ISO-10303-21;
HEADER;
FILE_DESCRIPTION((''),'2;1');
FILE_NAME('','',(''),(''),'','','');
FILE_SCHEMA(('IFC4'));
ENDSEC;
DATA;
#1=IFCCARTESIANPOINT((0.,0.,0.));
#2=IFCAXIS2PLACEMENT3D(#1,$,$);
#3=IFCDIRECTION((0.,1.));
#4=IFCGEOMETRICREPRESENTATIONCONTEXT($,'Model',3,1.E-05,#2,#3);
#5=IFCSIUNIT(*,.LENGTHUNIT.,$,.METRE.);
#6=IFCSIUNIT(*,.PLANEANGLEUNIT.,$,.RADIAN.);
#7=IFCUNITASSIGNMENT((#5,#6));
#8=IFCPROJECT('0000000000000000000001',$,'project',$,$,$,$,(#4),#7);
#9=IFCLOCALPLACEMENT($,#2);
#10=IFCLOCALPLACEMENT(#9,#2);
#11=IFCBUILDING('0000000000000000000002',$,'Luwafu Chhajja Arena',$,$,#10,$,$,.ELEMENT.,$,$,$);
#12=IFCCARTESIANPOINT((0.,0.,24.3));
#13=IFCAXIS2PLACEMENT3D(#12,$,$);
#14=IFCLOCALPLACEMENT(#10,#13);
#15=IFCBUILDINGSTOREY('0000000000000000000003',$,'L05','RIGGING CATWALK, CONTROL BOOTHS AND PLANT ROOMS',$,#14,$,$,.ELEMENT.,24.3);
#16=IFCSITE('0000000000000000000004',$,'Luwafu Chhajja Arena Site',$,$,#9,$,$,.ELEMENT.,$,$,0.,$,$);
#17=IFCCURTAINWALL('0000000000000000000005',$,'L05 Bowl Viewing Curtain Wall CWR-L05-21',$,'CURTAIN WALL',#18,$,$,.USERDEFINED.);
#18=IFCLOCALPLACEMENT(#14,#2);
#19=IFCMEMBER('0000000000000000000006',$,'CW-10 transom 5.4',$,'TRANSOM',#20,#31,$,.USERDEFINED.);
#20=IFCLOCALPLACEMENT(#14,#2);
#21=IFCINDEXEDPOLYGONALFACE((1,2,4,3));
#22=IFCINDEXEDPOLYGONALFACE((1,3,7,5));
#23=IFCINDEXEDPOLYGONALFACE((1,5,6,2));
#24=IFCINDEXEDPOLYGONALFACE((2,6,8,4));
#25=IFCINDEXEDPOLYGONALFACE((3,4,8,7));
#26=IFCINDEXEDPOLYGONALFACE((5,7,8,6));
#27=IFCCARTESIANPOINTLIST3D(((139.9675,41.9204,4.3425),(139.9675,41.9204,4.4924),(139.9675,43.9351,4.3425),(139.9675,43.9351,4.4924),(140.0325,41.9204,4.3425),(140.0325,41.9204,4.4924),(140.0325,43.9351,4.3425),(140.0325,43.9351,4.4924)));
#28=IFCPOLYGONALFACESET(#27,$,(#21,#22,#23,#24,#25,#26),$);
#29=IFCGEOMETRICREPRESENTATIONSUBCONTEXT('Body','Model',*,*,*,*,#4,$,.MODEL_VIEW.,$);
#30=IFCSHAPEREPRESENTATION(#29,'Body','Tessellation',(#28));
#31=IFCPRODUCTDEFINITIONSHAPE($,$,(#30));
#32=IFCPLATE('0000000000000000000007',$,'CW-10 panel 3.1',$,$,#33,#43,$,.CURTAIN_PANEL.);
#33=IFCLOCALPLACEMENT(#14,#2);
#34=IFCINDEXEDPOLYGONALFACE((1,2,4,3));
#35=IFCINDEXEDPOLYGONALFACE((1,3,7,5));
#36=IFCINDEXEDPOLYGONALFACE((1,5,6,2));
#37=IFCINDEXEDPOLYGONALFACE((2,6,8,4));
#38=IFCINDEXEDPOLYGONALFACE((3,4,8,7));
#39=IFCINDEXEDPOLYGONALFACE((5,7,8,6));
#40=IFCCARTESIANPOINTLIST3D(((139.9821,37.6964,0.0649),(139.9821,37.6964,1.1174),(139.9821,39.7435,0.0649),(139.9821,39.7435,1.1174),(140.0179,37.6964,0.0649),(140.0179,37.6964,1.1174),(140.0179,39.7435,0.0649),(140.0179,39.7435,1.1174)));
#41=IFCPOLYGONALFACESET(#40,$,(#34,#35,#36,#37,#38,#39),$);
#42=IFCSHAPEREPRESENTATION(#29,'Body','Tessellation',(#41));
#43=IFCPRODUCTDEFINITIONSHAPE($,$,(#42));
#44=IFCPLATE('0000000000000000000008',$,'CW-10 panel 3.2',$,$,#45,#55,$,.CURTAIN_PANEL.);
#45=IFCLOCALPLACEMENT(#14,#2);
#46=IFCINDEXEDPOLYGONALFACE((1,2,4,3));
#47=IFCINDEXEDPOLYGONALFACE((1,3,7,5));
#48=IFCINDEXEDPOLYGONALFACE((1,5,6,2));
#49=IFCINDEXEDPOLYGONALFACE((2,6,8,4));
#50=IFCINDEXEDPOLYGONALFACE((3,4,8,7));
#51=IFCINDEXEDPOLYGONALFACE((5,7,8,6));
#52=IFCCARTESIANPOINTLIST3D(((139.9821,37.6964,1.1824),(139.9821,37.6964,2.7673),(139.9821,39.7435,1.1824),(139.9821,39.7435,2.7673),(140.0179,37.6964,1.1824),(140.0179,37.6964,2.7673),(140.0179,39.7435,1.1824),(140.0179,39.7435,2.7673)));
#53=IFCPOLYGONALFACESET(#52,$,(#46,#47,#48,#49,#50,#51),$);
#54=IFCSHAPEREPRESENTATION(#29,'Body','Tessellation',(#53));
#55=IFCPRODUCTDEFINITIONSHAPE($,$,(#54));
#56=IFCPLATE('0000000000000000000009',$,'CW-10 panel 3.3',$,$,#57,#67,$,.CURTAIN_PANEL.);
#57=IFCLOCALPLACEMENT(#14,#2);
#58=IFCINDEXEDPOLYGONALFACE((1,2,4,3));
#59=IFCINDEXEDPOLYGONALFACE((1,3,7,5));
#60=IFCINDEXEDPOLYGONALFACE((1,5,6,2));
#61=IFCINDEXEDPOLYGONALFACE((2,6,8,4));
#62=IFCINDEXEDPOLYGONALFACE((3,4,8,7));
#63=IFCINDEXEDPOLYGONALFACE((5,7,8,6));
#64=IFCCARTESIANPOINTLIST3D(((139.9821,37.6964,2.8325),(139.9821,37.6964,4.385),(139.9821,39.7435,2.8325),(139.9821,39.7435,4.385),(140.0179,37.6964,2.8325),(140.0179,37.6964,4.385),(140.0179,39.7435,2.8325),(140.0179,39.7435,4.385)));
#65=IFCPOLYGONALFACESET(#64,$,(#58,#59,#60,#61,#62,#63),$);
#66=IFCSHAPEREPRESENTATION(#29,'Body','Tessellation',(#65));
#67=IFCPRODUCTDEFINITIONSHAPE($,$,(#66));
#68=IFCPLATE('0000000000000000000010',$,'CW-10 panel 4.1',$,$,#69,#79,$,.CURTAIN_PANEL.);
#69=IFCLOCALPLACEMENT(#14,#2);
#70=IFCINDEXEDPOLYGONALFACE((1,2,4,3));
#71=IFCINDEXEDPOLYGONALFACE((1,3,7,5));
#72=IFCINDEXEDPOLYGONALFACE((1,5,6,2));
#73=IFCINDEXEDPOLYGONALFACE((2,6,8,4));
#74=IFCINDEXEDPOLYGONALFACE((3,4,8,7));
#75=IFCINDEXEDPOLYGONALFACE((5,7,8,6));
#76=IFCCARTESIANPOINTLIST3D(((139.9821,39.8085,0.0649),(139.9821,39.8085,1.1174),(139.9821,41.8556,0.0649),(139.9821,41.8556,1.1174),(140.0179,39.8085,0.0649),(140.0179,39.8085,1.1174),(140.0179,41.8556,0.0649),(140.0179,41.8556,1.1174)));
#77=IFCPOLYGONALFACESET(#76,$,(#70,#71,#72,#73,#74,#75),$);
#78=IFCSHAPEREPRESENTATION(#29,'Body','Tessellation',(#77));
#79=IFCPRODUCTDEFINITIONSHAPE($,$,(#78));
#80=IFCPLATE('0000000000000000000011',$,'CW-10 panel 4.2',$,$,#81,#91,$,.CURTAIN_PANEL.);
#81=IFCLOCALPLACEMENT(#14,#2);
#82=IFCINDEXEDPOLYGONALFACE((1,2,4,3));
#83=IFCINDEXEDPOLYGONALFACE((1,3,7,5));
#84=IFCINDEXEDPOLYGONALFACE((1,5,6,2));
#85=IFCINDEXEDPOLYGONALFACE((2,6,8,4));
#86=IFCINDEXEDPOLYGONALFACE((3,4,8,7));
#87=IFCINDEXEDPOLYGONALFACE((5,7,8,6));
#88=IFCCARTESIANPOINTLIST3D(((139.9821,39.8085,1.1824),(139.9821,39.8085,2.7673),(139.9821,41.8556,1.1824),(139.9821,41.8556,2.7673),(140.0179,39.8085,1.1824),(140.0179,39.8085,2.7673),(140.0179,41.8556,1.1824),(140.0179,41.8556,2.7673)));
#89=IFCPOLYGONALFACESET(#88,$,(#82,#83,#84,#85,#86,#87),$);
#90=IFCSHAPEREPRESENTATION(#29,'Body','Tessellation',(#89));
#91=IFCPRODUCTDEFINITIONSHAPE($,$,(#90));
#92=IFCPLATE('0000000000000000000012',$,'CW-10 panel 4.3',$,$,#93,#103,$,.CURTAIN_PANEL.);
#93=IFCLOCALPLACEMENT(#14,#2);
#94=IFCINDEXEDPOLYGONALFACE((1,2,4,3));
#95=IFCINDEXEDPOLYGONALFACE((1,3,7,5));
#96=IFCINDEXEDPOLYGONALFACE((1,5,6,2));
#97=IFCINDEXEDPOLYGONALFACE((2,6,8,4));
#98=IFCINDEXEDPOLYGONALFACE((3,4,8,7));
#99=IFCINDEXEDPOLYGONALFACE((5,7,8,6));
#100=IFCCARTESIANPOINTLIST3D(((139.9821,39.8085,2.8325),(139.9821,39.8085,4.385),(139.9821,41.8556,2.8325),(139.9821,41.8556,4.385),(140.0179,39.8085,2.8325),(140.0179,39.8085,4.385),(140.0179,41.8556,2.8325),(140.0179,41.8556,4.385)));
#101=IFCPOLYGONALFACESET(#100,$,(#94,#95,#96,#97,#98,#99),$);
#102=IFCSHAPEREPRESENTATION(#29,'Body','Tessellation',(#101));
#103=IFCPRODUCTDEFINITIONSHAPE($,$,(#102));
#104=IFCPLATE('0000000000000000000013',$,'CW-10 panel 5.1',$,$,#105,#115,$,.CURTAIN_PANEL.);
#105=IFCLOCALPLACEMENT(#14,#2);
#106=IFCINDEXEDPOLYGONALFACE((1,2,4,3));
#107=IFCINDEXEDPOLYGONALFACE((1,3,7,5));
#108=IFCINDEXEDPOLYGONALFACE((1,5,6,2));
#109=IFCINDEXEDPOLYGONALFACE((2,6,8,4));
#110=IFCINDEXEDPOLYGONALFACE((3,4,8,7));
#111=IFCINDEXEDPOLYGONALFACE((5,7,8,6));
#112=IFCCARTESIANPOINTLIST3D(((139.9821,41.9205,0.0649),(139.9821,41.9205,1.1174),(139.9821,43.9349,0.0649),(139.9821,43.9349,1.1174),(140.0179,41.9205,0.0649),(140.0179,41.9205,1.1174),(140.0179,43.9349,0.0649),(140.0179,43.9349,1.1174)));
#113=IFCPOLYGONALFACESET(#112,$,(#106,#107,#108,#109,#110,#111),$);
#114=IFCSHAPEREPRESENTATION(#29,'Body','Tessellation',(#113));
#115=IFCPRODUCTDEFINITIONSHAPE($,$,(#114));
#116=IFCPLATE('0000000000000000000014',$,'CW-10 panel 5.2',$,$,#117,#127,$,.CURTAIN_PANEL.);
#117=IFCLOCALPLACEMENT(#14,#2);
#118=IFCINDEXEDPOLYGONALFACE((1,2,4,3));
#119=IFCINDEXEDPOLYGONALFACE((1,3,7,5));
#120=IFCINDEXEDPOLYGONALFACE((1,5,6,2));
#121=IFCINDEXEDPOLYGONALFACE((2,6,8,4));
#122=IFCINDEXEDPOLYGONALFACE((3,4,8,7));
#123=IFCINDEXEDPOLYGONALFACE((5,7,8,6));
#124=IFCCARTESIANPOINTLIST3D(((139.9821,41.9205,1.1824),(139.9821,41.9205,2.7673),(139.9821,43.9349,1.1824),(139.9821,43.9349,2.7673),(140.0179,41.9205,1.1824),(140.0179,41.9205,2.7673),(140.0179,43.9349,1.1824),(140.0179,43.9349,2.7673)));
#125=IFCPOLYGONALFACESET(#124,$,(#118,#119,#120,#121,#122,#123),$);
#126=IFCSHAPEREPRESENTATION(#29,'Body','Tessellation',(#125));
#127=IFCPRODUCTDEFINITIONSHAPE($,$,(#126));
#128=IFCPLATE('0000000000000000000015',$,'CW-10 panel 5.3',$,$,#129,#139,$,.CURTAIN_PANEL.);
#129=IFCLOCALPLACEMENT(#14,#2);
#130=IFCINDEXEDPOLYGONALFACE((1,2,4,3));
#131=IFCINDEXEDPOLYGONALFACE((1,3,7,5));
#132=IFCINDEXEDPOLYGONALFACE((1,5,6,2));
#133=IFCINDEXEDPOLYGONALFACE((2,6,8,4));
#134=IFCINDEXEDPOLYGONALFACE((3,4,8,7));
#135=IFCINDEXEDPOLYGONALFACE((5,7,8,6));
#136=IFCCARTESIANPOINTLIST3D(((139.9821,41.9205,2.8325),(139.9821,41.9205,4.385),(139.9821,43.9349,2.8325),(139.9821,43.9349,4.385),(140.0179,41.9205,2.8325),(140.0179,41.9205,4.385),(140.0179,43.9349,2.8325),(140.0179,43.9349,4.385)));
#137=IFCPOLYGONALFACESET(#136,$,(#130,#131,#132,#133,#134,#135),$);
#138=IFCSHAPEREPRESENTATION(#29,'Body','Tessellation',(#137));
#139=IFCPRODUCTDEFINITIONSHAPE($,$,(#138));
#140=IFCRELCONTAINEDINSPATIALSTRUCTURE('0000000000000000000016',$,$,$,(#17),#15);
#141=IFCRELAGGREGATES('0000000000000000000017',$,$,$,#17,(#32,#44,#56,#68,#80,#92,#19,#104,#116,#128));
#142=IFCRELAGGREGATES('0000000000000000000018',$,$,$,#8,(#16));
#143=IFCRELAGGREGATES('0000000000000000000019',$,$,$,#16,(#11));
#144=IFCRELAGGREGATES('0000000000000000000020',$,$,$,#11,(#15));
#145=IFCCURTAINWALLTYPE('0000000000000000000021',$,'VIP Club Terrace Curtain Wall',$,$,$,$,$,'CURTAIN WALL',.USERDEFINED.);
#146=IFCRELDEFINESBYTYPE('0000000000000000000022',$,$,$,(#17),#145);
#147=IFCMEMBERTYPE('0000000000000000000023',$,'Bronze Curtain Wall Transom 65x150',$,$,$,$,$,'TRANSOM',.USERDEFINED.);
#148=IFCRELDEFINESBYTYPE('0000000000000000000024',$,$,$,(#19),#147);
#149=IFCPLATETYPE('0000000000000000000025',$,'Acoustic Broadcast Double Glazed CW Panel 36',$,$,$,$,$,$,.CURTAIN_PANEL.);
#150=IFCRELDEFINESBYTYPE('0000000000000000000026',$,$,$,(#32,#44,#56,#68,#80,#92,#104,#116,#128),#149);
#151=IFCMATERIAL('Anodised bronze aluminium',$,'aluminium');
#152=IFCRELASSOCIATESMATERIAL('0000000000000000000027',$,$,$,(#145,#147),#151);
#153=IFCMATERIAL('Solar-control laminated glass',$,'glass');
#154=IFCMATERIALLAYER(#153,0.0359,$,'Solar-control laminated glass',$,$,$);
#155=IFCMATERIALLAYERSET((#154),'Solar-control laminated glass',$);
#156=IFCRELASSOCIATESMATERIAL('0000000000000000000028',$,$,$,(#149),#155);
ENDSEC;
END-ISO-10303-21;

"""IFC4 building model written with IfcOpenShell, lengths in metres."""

from ifc_helpers import new_model, si_unit, direction, frame, origin, origin_2d, place, context, subcontext, project, spatial, rectangle, extrude, material, layer, layer_set, material_profile, profile_set, type_object, element, aggregate, save


model = new_model("IFC4")

# Units and contexts
model_context = context("Model", 3, precision=1e-05, world=origin(), true_north=direction((0.0, 1.0)))
body_context = subcontext(model_context, "Body", "Model", "MODEL_VIEW")
ifc_project = project(units=[si_unit("LENGTHUNIT", "METRE"), si_unit("PLANEANGLEUNIT", "RADIAN")], contexts=[model_context])

# Site, building, storey
site_placement = place(None, origin())
site = spatial("IfcSite", under=ifc_project, at=site_placement, Name="Luwafu Chhajja Arena Site", CompositionType="ELEMENT", RefElevation=0.0)
building_placement = place(site_placement, origin())
building = spatial("IfcBuilding", under=site, at=building_placement, Name="Luwafu Chhajja Arena", CompositionType="ELEMENT")
storey_placement = place(building_placement, frame((0.0, 0.0, 24.3)))
storey = spatial("IfcBuildingStorey", under=building, at=storey_placement, Name="L05", Description="RIGGING CATWALK, CONTROL BOOTHS AND PLANT ROOMS", CompositionType="ELEMENT", Elevation=24.3)

# Curtain wall
ifc_material_1 = material(Name="Anodised bronze aluminium", Category="aluminium")
curtain_wall_type = type_object("IfcCurtainWallType", Name="VIP Club Terrace Curtain Wall", ElementType="CURTAIN WALL", PredefinedType="USERDEFINED", material=ifc_material_1)
curtain_wall_1_placement = place(storey_placement, origin())
curtain_wall_1 = element("IfcCurtainWall", 1, at=curtain_wall_1_placement, inside=storey, type_object=curtain_wall_type, Name="L05 Bowl Viewing Curtain Wall CWR-L05-21", ObjectType="CURTAIN WALL", PredefinedType="USERDEFINED")

# Member
ifc_material_profile_1 = material_profile(ifc_material_1, rectangle(XDim=0.0649, YDim=0.1499, at=origin_2d()), Name="CWT 65x150")
ifc_profile_set_1 = profile_set([ifc_material_profile_1], Name="Anodised bronze aluminium")
member_type_1 = type_object("IfcMemberType", Name="Bronze Curtain Wall Transom 65x150", ElementType="TRANSOM", PredefinedType="USERDEFINED", material=ifc_profile_set_1)
member_1_placement = place(storey_placement, frame((140.0, 41.9204, 4.4175), z_axis=(0.0, 1.0, 0.0), x_axis=(-1.0, 0.0, 0.0)))
member_1 = element("IfcMember", 2, at=member_1_placement, type_object=member_type_1, Name="CW-10 transom 5.4", ObjectType="TRANSOM", PredefinedType="USERDEFINED", context=body_context, shape_type="SweptSolid", body=[
    extrude(rectangle(XDim=0.0649, YDim=0.1499, at=origin_2d()), origin(), (0.0, 0.0, 1.0), 2.0146),
])

# Plates
ifc_material_2 = material(Name="Solar-control laminated glass", Category="glass")
ifc_layer = layer(ifc_material_2, 0.0359, Name="Solar-control laminated glass")
ifc_layer_set = layer_set([ifc_layer], Name="Solar-control laminated glass")
plate_type = type_object("IfcPlateType", Name="Acoustic Broadcast Double Glazed CW Panel 36", PredefinedType="CURTAIN_PANEL", material=ifc_layer_set)
plate_1_placement = place(storey_placement, frame((140.0, 38.72, 0.0649), z_axis=(0.0, 0.0, 1.0), x_axis=(0.0, 1.0, 0.0)))
plate_1 = element("IfcPlate", 3, at=plate_1_placement, type_object=plate_type, Name="CW-10 panel 3.1", PredefinedType="CURTAIN_PANEL", context=body_context, shape_type="SweptSolid", body=[
    extrude(rectangle(XDim=2.0471, YDim=0.0359, at=origin_2d()), origin(), (0.0, 0.0, 1.0), 1.0525),
])
plate_2_placement = place(storey_placement, frame((140.0, 38.72, 1.1824), z_axis=(0.0, 0.0, 1.0), x_axis=(0.0, 1.0, 0.0)))
plate_2 = element("IfcPlate", 4, at=plate_2_placement, type_object=plate_type, Name="CW-10 panel 3.2", PredefinedType="CURTAIN_PANEL", context=body_context, shape_type="SweptSolid", body=[
    extrude(rectangle(XDim=2.0471, YDim=0.0359, at=origin_2d()), origin(), (0.0, 0.0, 1.0), 1.585),
])
plate_3_placement = place(storey_placement, frame((140.0, 38.72, 2.8325), z_axis=(0.0, 0.0, 1.0), x_axis=(0.0, 1.0, 0.0)))
plate_3 = element("IfcPlate", 5, at=plate_3_placement, type_object=plate_type, Name="CW-10 panel 3.3", PredefinedType="CURTAIN_PANEL", context=body_context, shape_type="SweptSolid", body=[
    extrude(rectangle(XDim=2.0471, YDim=0.0359, at=origin_2d()), origin(), (0.0, 0.0, 1.0), 1.5525),
])
plate_4_placement = place(storey_placement, frame((140.0, 40.832, 0.0649), z_axis=(0.0, 0.0, 1.0), x_axis=(0.0, 1.0, 0.0)))
plate_4 = element("IfcPlate", 6, at=plate_4_placement, type_object=plate_type, Name="CW-10 panel 4.1", PredefinedType="CURTAIN_PANEL", context=body_context, shape_type="SweptSolid", body=[
    extrude(rectangle(XDim=2.0471, YDim=0.0359, at=origin_2d()), origin(), (0.0, 0.0, 1.0), 1.0525),
])
plate_5_placement = place(storey_placement, frame((140.0, 40.832, 1.1824), z_axis=(0.0, 0.0, 1.0), x_axis=(0.0, 1.0, 0.0)))
plate_5 = element("IfcPlate", 7, at=plate_5_placement, type_object=plate_type, Name="CW-10 panel 4.2", PredefinedType="CURTAIN_PANEL", context=body_context, shape_type="SweptSolid", body=[
    extrude(rectangle(XDim=2.0471, YDim=0.0359, at=origin_2d()), origin(), (0.0, 0.0, 1.0), 1.585),
])
plate_6_placement = place(storey_placement, frame((140.0, 40.832, 2.8325), z_axis=(0.0, 0.0, 1.0), x_axis=(0.0, 1.0, 0.0)))
plate_6 = element("IfcPlate", 8, at=plate_6_placement, type_object=plate_type, Name="CW-10 panel 4.3", PredefinedType="CURTAIN_PANEL", context=body_context, shape_type="SweptSolid", body=[
    extrude(rectangle(XDim=2.0471, YDim=0.0359, at=origin_2d()), origin(), (0.0, 0.0, 1.0), 1.5525),
])
plate_7_placement = place(storey_placement, frame((140.0, 42.9277, 0.0649), z_axis=(0.0, 0.0, 1.0), x_axis=(0.0, 1.0, 0.0)))
plate_7 = element("IfcPlate", 9, at=plate_7_placement, type_object=plate_type, Name="CW-10 panel 5.1", PredefinedType="CURTAIN_PANEL", context=body_context, shape_type="SweptSolid", body=[
    extrude(rectangle(XDim=2.0144, YDim=0.0359, at=origin_2d()), origin(), (0.0, 0.0, 1.0), 1.0525),
])
plate_8_placement = place(storey_placement, frame((140.0, 42.9277, 1.1824), z_axis=(0.0, 0.0, 1.0), x_axis=(0.0, 1.0, 0.0)))
plate_8 = element("IfcPlate", 10, at=plate_8_placement, type_object=plate_type, Name="CW-10 panel 5.2", PredefinedType="CURTAIN_PANEL", context=body_context, shape_type="SweptSolid", body=[
    extrude(rectangle(XDim=2.0144, YDim=0.0359, at=origin_2d()), origin(), (0.0, 0.0, 1.0), 1.585),
])
plate_9_placement = place(storey_placement, frame((140.0, 42.9277, 2.8325), z_axis=(0.0, 0.0, 1.0), x_axis=(0.0, 1.0, 0.0)))
plate_9 = element("IfcPlate", 11, at=plate_9_placement, type_object=plate_type, Name="CW-10 panel 5.3", PredefinedType="CURTAIN_PANEL", context=body_context, shape_type="SweptSolid", body=[
    extrude(rectangle(XDim=2.0144, YDim=0.0359, at=origin_2d()), origin(), (0.0, 0.0, 1.0), 1.5525),
])
aggregate(curtain_wall_1, [plate_1, plate_2, plate_3, plate_4, plate_5, plate_6, member_1, plate_7, plate_8, plate_9])

save(model, "model.ifc")
